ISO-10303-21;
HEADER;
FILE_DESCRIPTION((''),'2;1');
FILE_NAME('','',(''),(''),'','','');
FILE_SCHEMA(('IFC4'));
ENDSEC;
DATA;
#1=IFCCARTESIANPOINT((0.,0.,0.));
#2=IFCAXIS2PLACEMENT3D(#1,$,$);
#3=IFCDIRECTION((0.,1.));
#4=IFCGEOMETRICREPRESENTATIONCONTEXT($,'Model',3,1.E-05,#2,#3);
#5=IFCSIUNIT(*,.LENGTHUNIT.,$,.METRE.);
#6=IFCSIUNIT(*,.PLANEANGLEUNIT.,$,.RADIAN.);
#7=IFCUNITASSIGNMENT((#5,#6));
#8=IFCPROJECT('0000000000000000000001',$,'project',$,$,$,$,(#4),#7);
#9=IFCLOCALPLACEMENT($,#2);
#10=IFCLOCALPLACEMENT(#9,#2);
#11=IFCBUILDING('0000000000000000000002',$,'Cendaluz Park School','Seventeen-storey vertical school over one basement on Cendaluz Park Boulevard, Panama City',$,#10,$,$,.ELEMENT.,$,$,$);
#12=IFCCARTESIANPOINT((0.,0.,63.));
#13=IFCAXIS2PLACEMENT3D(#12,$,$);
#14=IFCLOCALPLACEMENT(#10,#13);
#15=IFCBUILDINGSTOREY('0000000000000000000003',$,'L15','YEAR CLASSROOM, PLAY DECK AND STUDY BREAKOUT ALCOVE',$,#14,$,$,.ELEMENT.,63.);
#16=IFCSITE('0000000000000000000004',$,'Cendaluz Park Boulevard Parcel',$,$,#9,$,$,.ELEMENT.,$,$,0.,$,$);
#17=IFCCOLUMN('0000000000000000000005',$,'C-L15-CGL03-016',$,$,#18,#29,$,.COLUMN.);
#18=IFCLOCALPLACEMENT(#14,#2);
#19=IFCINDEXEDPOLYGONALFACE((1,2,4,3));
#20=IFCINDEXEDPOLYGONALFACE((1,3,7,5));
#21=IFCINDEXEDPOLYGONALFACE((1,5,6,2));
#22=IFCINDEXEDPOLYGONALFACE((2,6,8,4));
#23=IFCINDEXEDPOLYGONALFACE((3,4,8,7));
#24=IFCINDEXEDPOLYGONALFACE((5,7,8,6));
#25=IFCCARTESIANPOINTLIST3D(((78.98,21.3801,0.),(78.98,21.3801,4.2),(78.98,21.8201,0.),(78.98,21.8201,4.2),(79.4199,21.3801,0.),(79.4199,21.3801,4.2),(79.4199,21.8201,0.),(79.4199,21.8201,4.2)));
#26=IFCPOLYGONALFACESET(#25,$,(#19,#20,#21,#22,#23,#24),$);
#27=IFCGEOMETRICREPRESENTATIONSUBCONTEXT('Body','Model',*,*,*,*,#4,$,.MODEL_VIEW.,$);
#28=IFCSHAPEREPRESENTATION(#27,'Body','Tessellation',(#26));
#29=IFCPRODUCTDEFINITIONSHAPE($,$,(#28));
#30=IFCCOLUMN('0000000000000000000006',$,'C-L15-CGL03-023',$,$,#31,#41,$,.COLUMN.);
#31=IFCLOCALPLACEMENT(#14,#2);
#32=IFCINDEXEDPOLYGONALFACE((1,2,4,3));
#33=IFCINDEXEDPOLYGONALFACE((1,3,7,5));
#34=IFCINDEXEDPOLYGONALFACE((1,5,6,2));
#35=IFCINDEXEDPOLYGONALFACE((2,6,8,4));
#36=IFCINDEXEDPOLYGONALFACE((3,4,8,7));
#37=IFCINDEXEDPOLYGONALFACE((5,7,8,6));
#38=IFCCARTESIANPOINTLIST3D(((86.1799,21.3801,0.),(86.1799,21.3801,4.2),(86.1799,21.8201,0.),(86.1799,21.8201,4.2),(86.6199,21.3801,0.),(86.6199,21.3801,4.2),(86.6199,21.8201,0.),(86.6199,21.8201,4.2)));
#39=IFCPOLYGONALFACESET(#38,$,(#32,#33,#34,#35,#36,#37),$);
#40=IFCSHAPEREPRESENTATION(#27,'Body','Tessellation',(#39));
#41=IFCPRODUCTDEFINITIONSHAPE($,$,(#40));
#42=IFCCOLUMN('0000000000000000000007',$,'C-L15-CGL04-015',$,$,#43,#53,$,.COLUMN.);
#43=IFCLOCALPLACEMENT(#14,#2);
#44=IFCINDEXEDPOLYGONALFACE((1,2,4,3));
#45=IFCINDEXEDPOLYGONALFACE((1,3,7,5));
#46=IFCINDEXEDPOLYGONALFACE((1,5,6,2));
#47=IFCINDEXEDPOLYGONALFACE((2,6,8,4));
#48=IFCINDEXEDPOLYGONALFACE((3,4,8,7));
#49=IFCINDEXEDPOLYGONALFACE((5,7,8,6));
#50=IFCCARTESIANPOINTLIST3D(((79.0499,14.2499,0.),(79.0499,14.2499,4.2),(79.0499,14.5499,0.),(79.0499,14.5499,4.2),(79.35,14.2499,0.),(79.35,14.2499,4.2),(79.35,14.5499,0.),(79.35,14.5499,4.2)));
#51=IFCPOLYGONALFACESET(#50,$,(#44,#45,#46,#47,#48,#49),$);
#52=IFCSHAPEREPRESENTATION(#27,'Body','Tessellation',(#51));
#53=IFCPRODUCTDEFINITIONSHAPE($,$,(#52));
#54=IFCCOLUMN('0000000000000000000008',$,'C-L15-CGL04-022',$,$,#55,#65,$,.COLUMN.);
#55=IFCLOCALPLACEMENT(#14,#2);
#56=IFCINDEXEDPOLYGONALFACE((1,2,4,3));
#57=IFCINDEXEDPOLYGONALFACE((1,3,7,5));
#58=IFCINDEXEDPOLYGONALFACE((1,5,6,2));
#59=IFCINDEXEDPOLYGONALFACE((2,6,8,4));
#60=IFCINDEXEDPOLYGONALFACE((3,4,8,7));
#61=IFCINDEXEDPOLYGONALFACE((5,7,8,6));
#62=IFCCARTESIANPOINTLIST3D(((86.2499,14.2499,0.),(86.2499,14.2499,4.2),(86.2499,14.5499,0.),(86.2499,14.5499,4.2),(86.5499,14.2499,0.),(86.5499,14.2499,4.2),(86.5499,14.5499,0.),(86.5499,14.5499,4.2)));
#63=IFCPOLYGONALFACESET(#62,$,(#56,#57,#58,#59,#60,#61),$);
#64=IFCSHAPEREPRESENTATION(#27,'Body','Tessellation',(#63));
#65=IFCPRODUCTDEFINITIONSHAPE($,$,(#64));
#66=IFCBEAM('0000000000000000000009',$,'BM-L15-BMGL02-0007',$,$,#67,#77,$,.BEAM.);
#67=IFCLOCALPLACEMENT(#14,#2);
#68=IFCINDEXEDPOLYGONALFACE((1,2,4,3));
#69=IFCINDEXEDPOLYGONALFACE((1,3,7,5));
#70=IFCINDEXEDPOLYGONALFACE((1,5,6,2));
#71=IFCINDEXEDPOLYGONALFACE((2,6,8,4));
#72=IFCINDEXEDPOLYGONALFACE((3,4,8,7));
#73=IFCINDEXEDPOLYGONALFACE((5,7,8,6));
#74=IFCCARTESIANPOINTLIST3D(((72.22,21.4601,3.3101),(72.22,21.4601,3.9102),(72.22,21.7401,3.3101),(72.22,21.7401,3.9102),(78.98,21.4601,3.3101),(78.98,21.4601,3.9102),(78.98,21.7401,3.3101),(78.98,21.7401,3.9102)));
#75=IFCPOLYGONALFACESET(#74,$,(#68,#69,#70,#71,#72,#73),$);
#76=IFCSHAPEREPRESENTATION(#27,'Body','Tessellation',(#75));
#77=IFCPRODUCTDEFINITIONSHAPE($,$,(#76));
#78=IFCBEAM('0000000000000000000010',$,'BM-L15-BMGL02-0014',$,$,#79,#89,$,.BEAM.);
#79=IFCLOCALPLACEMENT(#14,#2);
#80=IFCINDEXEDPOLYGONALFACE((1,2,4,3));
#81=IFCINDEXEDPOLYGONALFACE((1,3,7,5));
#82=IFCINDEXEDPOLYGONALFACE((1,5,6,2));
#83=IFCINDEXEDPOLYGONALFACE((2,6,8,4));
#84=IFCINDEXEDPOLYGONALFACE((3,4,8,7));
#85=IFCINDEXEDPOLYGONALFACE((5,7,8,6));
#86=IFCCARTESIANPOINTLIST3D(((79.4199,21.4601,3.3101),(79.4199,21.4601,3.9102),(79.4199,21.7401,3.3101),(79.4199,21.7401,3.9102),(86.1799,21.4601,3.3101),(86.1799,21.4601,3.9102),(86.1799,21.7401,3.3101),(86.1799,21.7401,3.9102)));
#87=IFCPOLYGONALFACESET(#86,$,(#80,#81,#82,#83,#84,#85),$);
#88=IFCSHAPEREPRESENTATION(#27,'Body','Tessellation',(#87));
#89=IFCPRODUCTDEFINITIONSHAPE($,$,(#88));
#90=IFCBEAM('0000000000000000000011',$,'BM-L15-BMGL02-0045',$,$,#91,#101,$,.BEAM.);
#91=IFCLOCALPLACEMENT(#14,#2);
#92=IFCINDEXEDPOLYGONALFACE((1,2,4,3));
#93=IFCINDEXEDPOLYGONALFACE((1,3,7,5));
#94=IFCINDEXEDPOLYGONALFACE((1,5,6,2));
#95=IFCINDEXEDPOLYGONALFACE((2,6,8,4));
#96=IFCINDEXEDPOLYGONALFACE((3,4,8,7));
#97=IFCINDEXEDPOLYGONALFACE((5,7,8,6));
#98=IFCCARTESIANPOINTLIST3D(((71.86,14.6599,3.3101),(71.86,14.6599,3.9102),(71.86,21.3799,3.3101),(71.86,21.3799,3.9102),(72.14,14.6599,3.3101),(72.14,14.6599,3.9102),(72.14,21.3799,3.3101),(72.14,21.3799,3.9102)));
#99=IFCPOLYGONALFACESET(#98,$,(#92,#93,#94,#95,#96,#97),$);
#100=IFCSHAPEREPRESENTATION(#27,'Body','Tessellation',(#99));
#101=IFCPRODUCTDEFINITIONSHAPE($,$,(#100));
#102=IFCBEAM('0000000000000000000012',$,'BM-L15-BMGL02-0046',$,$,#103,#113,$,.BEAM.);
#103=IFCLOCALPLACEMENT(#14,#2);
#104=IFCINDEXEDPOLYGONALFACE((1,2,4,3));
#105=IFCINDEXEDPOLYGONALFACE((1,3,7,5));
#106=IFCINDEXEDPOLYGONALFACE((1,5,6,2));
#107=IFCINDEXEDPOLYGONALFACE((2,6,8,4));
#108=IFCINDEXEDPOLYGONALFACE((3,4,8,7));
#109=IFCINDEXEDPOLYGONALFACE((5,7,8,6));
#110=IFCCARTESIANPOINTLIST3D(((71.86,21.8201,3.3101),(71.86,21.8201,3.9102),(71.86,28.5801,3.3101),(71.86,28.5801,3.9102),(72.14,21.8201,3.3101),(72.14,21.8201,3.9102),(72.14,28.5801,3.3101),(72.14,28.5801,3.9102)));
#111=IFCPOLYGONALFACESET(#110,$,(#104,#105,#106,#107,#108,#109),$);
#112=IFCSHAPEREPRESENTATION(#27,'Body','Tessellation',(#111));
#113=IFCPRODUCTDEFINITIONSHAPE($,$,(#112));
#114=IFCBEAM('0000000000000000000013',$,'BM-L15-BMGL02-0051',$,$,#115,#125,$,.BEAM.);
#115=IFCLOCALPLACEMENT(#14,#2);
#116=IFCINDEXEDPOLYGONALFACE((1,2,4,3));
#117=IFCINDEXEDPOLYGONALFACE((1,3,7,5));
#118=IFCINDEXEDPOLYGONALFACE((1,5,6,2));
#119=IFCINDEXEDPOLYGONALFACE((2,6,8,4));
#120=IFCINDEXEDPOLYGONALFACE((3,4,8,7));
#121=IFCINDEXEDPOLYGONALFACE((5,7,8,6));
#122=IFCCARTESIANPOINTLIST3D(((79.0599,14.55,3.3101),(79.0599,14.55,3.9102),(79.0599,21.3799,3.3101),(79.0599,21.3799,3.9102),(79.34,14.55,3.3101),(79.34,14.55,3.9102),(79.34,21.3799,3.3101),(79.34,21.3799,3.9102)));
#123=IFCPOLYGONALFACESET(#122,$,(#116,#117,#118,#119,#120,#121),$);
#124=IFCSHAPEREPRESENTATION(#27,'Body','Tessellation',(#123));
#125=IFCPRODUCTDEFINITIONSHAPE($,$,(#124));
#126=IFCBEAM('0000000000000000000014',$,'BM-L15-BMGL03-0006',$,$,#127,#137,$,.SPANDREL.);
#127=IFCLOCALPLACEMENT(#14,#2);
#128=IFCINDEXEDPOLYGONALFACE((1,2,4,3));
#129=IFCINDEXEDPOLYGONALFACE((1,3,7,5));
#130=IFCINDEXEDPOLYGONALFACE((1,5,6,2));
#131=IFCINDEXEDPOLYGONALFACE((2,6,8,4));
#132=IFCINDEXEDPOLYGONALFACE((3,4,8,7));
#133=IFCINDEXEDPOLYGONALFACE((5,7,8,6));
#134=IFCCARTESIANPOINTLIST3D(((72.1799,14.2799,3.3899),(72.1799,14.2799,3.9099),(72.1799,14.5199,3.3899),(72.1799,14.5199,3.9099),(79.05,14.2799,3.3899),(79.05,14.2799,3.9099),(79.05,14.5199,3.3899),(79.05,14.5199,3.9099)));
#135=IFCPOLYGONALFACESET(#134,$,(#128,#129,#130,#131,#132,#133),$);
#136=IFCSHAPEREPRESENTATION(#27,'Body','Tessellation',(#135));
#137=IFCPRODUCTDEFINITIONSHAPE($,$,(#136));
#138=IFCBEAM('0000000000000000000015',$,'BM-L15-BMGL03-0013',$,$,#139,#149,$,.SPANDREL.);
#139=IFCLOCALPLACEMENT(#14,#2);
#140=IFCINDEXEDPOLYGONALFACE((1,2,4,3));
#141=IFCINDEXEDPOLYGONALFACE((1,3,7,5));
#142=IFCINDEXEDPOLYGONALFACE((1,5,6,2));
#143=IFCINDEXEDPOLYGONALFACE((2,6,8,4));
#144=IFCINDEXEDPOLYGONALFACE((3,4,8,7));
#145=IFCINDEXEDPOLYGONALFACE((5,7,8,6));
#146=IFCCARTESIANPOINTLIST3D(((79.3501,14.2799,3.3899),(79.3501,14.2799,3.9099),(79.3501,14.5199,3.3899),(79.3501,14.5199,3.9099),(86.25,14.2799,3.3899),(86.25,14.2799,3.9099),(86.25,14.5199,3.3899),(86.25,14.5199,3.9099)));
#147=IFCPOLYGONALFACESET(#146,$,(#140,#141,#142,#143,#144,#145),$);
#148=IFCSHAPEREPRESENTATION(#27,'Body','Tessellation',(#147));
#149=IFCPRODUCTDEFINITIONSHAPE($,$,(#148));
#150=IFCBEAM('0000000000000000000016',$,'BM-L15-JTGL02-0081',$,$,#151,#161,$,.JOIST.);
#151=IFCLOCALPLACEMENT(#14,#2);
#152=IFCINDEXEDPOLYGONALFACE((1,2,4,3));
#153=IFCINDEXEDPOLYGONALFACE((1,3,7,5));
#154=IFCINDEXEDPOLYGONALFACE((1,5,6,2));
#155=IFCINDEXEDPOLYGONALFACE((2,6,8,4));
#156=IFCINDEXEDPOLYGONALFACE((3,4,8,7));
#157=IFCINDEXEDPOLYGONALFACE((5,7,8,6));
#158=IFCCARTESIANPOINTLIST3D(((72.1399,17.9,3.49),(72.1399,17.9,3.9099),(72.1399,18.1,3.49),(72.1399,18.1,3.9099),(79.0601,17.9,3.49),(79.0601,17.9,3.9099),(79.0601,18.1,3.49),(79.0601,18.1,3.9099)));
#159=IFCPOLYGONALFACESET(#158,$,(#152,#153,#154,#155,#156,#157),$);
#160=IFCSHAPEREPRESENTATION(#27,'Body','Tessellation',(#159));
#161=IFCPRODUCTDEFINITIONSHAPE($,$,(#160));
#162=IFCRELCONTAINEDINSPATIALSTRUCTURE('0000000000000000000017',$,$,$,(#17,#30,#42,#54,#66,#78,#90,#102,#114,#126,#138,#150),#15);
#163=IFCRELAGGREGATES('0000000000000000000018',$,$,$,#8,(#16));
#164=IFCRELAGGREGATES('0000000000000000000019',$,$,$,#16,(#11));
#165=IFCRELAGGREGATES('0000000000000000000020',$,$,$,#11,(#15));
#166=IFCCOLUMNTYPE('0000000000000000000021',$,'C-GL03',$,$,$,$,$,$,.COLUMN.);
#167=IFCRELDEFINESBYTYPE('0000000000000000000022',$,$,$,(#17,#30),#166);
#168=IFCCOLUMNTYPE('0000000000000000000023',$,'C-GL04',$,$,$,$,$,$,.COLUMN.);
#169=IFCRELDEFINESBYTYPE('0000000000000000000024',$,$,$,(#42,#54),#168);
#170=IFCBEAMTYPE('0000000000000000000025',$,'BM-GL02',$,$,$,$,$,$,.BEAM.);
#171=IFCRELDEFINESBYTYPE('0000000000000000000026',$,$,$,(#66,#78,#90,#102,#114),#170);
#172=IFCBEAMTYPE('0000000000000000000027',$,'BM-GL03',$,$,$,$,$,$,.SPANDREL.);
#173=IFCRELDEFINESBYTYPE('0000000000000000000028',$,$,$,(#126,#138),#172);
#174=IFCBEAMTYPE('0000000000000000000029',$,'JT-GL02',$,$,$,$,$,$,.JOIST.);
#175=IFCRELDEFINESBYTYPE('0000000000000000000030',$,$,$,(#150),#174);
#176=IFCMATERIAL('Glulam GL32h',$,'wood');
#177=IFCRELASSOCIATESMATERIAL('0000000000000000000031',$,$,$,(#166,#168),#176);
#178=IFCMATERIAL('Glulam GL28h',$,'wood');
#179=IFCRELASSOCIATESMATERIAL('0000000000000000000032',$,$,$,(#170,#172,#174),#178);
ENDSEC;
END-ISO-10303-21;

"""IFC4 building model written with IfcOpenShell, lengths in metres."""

from ifc_helpers import new_model, si_unit, direction, frame, origin, origin_2d, place, context, subcontext, project, spatial, rectangle, extrude, material, material_profile, profile_set, type_object, element, save


model = new_model("IFC4")

# Units and contexts
model_context = context("Model", 3, precision=1e-05, world=origin(), true_north=direction((0.0, 1.0)))
body_context = subcontext(model_context, "Body", "Model", "MODEL_VIEW")
ifc_project = project(units=[si_unit("LENGTHUNIT", "METRE"), si_unit("PLANEANGLEUNIT", "RADIAN")], contexts=[model_context])

# Site, building, storey
site_placement = place(None, origin())
site = spatial("IfcSite", under=ifc_project, at=site_placement, Name="Cendaluz Park Boulevard Parcel", CompositionType="ELEMENT", RefElevation=0.0)
building_placement = place(site_placement, origin())
building = spatial("IfcBuilding", under=site, at=building_placement, Name="Cendaluz Park School", Description="Seventeen-storey vertical school over one basement on Cendaluz Park Boulevard, Panama City", CompositionType="ELEMENT")
storey_placement = place(building_placement, frame((0.0, 0.0, 63.0)))
storey = spatial("IfcBuildingStorey", under=building, at=storey_placement, Name="L15", Description="YEAR CLASSROOM, PLAY DECK AND STUDY BREAKOUT ALCOVE", CompositionType="ELEMENT", Elevation=63.0)

# Columns
ifc_material_1 = material(Name="Glulam GL32h", Category="wood")
ifc_material_profile_1 = material_profile(ifc_material_1, rectangle(XDim=0.4399, YDim=0.4399, at=origin_2d()), Name="GL32h 440x440", Category="wood")
ifc_profile_set_1 = profile_set([ifc_material_profile_1], Name="Glulam GL32h")
column_type_1 = type_object("IfcColumnType", Name="C-GL03", PredefinedType="COLUMN", material=ifc_profile_set_1)
for number, where, z_axis, x_axis, name in (
    (1, (79.2, 21.6001, 0.0), (0.0, 0.0, 1.0), (1.0, 0.0, 0.0), "C-L15-CGL03-016"),
    (2, (86.3999, 21.6001, 0.0), (0.0, 0.0, 1.0), (1.0, 0.0, 0.0), "C-L15-CGL03-023"),
):
    element("IfcColumn", number, at=place(storey_placement, frame(where, z_axis=z_axis, x_axis=x_axis)), inside=storey, type_object=column_type_1, Name=name, PredefinedType="COLUMN", context=body_context, shape_type="SweptSolid", body=[
        extrude(rectangle(XDim=0.4399, YDim=0.4399, at=origin_2d()), origin(), (0.0, 0.0, 1.0), 4.2),
    ])
ifc_material_profile_2 = material_profile(ifc_material_1, rectangle(XDim=0.3, YDim=0.3, at=origin_2d()), Name="GL32h 300x300", Category="wood")
ifc_profile_set_2 = profile_set([ifc_material_profile_2], Name="Glulam GL32h")
column_type_2 = type_object("IfcColumnType", Name="C-GL04", PredefinedType="COLUMN", material=ifc_profile_set_2)
for number, where, z_axis, x_axis, name in (
    (3, (79.2, 14.3999, 0.0), (0.0, 0.0, 1.0), (1.0, 0.0, 0.0), "C-L15-CGL04-015"),
    (4, (86.3999, 14.3999, 0.0), (0.0, 0.0, 1.0), (1.0, 0.0, 0.0), "C-L15-CGL04-022"),
):
    element("IfcColumn", number, at=place(storey_placement, frame(where, z_axis=z_axis, x_axis=x_axis)), inside=storey, type_object=column_type_2, Name=name, PredefinedType="COLUMN", context=body_context, shape_type="SweptSolid", body=[
        extrude(rectangle(XDim=0.3, YDim=0.3, at=origin_2d()), origin(), (0.0, 0.0, 1.0), 4.2),
    ])

# Beams
ifc_material_2 = material(Name="Glulam GL28h", Category="wood")
ifc_material_profile_3 = material_profile(ifc_material_2, rectangle(XDim=0.28, YDim=0.6001, at=origin_2d()), Name="GL28h 280x600", Category="wood")
ifc_profile_set_3 = profile_set([ifc_material_profile_3], Name="Glulam GL28h")
beam_type_1 = type_object("IfcBeamType", Name="BM-GL02", PredefinedType="BEAM", material=ifc_profile_set_3)
for number, where, z_axis, x_axis, name in (
    (5, (72.22, 21.6001, 3.6101), (1.0, 0.0, 0.0), (0.0, 1.0, 0.0), "BM-L15-BMGL02-0007"),
    (6, (79.4199, 21.6001, 3.6101), (1.0, 0.0, 0.0), (0.0, 1.0, 0.0), "BM-L15-BMGL02-0014"),
):
    element("IfcBeam", number, at=place(storey_placement, frame(where, z_axis=z_axis, x_axis=x_axis)), inside=storey, type_object=beam_type_1, Name=name, PredefinedType="BEAM", context=body_context, shape_type="SweptSolid", body=[
        extrude(rectangle(XDim=0.28, YDim=0.6001, at=origin_2d()), origin(), (0.0, 0.0, 1.0), 6.76),
    ])
beam_1_placement = place(storey_placement, frame((72.0, 14.6599, 3.6101), z_axis=(0.0, 1.0, 0.0), x_axis=(-1.0, 0.0, 0.0)))
element("IfcBeam", 7, at=beam_1_placement, inside=storey, type_object=beam_type_1, Name="BM-L15-BMGL02-0045", PredefinedType="BEAM", context=body_context, shape_type="SweptSolid", body=[
    extrude(rectangle(XDim=0.28, YDim=0.6001, at=origin_2d()), origin(), (0.0, 0.0, 1.0), 6.72),
])
beam_2_placement = place(storey_placement, frame((72.0, 21.8201, 3.6101), z_axis=(0.0, 1.0, 0.0), x_axis=(-1.0, 0.0, 0.0)))
element("IfcBeam", 8, at=beam_2_placement, inside=storey, type_object=beam_type_1, Name="BM-L15-BMGL02-0046", PredefinedType="BEAM", context=body_context, shape_type="SweptSolid", body=[
    extrude(rectangle(XDim=0.28, YDim=0.6001, at=origin_2d()), origin(), (0.0, 0.0, 1.0), 6.76),
])
beam_3_placement = place(storey_placement, frame((79.2, 14.55, 3.6101), z_axis=(0.0, 1.0, 0.0), x_axis=(-1.0, 0.0, 0.0)))
element("IfcBeam", 9, at=beam_3_placement, inside=storey, type_object=beam_type_1, Name="BM-L15-BMGL02-0051", PredefinedType="BEAM", context=body_context, shape_type="SweptSolid", body=[
    extrude(rectangle(XDim=0.28, YDim=0.6001, at=origin_2d()), origin(), (0.0, 0.0, 1.0), 6.8298),
])
ifc_material_profile_4 = material_profile(ifc_material_2, rectangle(XDim=0.24, YDim=0.52, at=origin_2d()), Name="GL28h 240x520", Category="wood")
ifc_profile_set_4 = profile_set([ifc_material_profile_4], Name="Glulam GL28h")
beam_type_2 = type_object("IfcBeamType", Name="BM-GL03", PredefinedType="SPANDREL", material=ifc_profile_set_4)
beam_4_placement = place(storey_placement, frame((72.1799, 14.3999, 3.6499), z_axis=(1.0, 0.0, 0.0), x_axis=(0.0, 1.0, 0.0)))
element("IfcBeam", 10, at=beam_4_placement, inside=storey, type_object=beam_type_2, Name="BM-L15-BMGL03-0006", PredefinedType="SPANDREL", context=body_context, shape_type="SweptSolid", body=[
    extrude(rectangle(XDim=0.24, YDim=0.52, at=origin_2d()), origin(), (0.0, 0.0, 1.0), 6.8701),
])
beam_5_placement = place(storey_placement, frame((79.3501, 14.3999, 3.6499), z_axis=(1.0, 0.0, 0.0), x_axis=(0.0, 1.0, 0.0)))
element("IfcBeam", 11, at=beam_5_placement, inside=storey, type_object=beam_type_2, Name="BM-L15-BMGL03-0013", PredefinedType="SPANDREL", context=body_context, shape_type="SweptSolid", body=[
    extrude(rectangle(XDim=0.24, YDim=0.52, at=origin_2d()), origin(), (0.0, 0.0, 1.0), 6.8999),
])
ifc_material_profile_5 = material_profile(ifc_material_2, rectangle(XDim=0.2, YDim=0.4199, at=origin_2d()), Name="GL28h 200x420", Category="wood")
ifc_profile_set_5 = profile_set([ifc_material_profile_5], Name="Glulam GL28h")
beam_type_3 = type_object("IfcBeamType", Name="JT-GL02", PredefinedType="JOIST", material=ifc_profile_set_5)
beam_6_placement = place(storey_placement, frame((72.1399, 18.0, 3.7), z_axis=(1.0, 0.0, 0.0), x_axis=(0.0, 1.0, 0.0)))
element("IfcBeam", 12, at=beam_6_placement, inside=storey, type_object=beam_type_3, Name="BM-L15-JTGL02-0081", PredefinedType="JOIST", context=body_context, shape_type="SweptSolid", body=[
    extrude(rectangle(XDim=0.2, YDim=0.4199, at=origin_2d()), origin(), (0.0, 0.0, 1.0), 6.9202),
])

save(model, "model.ifc")
